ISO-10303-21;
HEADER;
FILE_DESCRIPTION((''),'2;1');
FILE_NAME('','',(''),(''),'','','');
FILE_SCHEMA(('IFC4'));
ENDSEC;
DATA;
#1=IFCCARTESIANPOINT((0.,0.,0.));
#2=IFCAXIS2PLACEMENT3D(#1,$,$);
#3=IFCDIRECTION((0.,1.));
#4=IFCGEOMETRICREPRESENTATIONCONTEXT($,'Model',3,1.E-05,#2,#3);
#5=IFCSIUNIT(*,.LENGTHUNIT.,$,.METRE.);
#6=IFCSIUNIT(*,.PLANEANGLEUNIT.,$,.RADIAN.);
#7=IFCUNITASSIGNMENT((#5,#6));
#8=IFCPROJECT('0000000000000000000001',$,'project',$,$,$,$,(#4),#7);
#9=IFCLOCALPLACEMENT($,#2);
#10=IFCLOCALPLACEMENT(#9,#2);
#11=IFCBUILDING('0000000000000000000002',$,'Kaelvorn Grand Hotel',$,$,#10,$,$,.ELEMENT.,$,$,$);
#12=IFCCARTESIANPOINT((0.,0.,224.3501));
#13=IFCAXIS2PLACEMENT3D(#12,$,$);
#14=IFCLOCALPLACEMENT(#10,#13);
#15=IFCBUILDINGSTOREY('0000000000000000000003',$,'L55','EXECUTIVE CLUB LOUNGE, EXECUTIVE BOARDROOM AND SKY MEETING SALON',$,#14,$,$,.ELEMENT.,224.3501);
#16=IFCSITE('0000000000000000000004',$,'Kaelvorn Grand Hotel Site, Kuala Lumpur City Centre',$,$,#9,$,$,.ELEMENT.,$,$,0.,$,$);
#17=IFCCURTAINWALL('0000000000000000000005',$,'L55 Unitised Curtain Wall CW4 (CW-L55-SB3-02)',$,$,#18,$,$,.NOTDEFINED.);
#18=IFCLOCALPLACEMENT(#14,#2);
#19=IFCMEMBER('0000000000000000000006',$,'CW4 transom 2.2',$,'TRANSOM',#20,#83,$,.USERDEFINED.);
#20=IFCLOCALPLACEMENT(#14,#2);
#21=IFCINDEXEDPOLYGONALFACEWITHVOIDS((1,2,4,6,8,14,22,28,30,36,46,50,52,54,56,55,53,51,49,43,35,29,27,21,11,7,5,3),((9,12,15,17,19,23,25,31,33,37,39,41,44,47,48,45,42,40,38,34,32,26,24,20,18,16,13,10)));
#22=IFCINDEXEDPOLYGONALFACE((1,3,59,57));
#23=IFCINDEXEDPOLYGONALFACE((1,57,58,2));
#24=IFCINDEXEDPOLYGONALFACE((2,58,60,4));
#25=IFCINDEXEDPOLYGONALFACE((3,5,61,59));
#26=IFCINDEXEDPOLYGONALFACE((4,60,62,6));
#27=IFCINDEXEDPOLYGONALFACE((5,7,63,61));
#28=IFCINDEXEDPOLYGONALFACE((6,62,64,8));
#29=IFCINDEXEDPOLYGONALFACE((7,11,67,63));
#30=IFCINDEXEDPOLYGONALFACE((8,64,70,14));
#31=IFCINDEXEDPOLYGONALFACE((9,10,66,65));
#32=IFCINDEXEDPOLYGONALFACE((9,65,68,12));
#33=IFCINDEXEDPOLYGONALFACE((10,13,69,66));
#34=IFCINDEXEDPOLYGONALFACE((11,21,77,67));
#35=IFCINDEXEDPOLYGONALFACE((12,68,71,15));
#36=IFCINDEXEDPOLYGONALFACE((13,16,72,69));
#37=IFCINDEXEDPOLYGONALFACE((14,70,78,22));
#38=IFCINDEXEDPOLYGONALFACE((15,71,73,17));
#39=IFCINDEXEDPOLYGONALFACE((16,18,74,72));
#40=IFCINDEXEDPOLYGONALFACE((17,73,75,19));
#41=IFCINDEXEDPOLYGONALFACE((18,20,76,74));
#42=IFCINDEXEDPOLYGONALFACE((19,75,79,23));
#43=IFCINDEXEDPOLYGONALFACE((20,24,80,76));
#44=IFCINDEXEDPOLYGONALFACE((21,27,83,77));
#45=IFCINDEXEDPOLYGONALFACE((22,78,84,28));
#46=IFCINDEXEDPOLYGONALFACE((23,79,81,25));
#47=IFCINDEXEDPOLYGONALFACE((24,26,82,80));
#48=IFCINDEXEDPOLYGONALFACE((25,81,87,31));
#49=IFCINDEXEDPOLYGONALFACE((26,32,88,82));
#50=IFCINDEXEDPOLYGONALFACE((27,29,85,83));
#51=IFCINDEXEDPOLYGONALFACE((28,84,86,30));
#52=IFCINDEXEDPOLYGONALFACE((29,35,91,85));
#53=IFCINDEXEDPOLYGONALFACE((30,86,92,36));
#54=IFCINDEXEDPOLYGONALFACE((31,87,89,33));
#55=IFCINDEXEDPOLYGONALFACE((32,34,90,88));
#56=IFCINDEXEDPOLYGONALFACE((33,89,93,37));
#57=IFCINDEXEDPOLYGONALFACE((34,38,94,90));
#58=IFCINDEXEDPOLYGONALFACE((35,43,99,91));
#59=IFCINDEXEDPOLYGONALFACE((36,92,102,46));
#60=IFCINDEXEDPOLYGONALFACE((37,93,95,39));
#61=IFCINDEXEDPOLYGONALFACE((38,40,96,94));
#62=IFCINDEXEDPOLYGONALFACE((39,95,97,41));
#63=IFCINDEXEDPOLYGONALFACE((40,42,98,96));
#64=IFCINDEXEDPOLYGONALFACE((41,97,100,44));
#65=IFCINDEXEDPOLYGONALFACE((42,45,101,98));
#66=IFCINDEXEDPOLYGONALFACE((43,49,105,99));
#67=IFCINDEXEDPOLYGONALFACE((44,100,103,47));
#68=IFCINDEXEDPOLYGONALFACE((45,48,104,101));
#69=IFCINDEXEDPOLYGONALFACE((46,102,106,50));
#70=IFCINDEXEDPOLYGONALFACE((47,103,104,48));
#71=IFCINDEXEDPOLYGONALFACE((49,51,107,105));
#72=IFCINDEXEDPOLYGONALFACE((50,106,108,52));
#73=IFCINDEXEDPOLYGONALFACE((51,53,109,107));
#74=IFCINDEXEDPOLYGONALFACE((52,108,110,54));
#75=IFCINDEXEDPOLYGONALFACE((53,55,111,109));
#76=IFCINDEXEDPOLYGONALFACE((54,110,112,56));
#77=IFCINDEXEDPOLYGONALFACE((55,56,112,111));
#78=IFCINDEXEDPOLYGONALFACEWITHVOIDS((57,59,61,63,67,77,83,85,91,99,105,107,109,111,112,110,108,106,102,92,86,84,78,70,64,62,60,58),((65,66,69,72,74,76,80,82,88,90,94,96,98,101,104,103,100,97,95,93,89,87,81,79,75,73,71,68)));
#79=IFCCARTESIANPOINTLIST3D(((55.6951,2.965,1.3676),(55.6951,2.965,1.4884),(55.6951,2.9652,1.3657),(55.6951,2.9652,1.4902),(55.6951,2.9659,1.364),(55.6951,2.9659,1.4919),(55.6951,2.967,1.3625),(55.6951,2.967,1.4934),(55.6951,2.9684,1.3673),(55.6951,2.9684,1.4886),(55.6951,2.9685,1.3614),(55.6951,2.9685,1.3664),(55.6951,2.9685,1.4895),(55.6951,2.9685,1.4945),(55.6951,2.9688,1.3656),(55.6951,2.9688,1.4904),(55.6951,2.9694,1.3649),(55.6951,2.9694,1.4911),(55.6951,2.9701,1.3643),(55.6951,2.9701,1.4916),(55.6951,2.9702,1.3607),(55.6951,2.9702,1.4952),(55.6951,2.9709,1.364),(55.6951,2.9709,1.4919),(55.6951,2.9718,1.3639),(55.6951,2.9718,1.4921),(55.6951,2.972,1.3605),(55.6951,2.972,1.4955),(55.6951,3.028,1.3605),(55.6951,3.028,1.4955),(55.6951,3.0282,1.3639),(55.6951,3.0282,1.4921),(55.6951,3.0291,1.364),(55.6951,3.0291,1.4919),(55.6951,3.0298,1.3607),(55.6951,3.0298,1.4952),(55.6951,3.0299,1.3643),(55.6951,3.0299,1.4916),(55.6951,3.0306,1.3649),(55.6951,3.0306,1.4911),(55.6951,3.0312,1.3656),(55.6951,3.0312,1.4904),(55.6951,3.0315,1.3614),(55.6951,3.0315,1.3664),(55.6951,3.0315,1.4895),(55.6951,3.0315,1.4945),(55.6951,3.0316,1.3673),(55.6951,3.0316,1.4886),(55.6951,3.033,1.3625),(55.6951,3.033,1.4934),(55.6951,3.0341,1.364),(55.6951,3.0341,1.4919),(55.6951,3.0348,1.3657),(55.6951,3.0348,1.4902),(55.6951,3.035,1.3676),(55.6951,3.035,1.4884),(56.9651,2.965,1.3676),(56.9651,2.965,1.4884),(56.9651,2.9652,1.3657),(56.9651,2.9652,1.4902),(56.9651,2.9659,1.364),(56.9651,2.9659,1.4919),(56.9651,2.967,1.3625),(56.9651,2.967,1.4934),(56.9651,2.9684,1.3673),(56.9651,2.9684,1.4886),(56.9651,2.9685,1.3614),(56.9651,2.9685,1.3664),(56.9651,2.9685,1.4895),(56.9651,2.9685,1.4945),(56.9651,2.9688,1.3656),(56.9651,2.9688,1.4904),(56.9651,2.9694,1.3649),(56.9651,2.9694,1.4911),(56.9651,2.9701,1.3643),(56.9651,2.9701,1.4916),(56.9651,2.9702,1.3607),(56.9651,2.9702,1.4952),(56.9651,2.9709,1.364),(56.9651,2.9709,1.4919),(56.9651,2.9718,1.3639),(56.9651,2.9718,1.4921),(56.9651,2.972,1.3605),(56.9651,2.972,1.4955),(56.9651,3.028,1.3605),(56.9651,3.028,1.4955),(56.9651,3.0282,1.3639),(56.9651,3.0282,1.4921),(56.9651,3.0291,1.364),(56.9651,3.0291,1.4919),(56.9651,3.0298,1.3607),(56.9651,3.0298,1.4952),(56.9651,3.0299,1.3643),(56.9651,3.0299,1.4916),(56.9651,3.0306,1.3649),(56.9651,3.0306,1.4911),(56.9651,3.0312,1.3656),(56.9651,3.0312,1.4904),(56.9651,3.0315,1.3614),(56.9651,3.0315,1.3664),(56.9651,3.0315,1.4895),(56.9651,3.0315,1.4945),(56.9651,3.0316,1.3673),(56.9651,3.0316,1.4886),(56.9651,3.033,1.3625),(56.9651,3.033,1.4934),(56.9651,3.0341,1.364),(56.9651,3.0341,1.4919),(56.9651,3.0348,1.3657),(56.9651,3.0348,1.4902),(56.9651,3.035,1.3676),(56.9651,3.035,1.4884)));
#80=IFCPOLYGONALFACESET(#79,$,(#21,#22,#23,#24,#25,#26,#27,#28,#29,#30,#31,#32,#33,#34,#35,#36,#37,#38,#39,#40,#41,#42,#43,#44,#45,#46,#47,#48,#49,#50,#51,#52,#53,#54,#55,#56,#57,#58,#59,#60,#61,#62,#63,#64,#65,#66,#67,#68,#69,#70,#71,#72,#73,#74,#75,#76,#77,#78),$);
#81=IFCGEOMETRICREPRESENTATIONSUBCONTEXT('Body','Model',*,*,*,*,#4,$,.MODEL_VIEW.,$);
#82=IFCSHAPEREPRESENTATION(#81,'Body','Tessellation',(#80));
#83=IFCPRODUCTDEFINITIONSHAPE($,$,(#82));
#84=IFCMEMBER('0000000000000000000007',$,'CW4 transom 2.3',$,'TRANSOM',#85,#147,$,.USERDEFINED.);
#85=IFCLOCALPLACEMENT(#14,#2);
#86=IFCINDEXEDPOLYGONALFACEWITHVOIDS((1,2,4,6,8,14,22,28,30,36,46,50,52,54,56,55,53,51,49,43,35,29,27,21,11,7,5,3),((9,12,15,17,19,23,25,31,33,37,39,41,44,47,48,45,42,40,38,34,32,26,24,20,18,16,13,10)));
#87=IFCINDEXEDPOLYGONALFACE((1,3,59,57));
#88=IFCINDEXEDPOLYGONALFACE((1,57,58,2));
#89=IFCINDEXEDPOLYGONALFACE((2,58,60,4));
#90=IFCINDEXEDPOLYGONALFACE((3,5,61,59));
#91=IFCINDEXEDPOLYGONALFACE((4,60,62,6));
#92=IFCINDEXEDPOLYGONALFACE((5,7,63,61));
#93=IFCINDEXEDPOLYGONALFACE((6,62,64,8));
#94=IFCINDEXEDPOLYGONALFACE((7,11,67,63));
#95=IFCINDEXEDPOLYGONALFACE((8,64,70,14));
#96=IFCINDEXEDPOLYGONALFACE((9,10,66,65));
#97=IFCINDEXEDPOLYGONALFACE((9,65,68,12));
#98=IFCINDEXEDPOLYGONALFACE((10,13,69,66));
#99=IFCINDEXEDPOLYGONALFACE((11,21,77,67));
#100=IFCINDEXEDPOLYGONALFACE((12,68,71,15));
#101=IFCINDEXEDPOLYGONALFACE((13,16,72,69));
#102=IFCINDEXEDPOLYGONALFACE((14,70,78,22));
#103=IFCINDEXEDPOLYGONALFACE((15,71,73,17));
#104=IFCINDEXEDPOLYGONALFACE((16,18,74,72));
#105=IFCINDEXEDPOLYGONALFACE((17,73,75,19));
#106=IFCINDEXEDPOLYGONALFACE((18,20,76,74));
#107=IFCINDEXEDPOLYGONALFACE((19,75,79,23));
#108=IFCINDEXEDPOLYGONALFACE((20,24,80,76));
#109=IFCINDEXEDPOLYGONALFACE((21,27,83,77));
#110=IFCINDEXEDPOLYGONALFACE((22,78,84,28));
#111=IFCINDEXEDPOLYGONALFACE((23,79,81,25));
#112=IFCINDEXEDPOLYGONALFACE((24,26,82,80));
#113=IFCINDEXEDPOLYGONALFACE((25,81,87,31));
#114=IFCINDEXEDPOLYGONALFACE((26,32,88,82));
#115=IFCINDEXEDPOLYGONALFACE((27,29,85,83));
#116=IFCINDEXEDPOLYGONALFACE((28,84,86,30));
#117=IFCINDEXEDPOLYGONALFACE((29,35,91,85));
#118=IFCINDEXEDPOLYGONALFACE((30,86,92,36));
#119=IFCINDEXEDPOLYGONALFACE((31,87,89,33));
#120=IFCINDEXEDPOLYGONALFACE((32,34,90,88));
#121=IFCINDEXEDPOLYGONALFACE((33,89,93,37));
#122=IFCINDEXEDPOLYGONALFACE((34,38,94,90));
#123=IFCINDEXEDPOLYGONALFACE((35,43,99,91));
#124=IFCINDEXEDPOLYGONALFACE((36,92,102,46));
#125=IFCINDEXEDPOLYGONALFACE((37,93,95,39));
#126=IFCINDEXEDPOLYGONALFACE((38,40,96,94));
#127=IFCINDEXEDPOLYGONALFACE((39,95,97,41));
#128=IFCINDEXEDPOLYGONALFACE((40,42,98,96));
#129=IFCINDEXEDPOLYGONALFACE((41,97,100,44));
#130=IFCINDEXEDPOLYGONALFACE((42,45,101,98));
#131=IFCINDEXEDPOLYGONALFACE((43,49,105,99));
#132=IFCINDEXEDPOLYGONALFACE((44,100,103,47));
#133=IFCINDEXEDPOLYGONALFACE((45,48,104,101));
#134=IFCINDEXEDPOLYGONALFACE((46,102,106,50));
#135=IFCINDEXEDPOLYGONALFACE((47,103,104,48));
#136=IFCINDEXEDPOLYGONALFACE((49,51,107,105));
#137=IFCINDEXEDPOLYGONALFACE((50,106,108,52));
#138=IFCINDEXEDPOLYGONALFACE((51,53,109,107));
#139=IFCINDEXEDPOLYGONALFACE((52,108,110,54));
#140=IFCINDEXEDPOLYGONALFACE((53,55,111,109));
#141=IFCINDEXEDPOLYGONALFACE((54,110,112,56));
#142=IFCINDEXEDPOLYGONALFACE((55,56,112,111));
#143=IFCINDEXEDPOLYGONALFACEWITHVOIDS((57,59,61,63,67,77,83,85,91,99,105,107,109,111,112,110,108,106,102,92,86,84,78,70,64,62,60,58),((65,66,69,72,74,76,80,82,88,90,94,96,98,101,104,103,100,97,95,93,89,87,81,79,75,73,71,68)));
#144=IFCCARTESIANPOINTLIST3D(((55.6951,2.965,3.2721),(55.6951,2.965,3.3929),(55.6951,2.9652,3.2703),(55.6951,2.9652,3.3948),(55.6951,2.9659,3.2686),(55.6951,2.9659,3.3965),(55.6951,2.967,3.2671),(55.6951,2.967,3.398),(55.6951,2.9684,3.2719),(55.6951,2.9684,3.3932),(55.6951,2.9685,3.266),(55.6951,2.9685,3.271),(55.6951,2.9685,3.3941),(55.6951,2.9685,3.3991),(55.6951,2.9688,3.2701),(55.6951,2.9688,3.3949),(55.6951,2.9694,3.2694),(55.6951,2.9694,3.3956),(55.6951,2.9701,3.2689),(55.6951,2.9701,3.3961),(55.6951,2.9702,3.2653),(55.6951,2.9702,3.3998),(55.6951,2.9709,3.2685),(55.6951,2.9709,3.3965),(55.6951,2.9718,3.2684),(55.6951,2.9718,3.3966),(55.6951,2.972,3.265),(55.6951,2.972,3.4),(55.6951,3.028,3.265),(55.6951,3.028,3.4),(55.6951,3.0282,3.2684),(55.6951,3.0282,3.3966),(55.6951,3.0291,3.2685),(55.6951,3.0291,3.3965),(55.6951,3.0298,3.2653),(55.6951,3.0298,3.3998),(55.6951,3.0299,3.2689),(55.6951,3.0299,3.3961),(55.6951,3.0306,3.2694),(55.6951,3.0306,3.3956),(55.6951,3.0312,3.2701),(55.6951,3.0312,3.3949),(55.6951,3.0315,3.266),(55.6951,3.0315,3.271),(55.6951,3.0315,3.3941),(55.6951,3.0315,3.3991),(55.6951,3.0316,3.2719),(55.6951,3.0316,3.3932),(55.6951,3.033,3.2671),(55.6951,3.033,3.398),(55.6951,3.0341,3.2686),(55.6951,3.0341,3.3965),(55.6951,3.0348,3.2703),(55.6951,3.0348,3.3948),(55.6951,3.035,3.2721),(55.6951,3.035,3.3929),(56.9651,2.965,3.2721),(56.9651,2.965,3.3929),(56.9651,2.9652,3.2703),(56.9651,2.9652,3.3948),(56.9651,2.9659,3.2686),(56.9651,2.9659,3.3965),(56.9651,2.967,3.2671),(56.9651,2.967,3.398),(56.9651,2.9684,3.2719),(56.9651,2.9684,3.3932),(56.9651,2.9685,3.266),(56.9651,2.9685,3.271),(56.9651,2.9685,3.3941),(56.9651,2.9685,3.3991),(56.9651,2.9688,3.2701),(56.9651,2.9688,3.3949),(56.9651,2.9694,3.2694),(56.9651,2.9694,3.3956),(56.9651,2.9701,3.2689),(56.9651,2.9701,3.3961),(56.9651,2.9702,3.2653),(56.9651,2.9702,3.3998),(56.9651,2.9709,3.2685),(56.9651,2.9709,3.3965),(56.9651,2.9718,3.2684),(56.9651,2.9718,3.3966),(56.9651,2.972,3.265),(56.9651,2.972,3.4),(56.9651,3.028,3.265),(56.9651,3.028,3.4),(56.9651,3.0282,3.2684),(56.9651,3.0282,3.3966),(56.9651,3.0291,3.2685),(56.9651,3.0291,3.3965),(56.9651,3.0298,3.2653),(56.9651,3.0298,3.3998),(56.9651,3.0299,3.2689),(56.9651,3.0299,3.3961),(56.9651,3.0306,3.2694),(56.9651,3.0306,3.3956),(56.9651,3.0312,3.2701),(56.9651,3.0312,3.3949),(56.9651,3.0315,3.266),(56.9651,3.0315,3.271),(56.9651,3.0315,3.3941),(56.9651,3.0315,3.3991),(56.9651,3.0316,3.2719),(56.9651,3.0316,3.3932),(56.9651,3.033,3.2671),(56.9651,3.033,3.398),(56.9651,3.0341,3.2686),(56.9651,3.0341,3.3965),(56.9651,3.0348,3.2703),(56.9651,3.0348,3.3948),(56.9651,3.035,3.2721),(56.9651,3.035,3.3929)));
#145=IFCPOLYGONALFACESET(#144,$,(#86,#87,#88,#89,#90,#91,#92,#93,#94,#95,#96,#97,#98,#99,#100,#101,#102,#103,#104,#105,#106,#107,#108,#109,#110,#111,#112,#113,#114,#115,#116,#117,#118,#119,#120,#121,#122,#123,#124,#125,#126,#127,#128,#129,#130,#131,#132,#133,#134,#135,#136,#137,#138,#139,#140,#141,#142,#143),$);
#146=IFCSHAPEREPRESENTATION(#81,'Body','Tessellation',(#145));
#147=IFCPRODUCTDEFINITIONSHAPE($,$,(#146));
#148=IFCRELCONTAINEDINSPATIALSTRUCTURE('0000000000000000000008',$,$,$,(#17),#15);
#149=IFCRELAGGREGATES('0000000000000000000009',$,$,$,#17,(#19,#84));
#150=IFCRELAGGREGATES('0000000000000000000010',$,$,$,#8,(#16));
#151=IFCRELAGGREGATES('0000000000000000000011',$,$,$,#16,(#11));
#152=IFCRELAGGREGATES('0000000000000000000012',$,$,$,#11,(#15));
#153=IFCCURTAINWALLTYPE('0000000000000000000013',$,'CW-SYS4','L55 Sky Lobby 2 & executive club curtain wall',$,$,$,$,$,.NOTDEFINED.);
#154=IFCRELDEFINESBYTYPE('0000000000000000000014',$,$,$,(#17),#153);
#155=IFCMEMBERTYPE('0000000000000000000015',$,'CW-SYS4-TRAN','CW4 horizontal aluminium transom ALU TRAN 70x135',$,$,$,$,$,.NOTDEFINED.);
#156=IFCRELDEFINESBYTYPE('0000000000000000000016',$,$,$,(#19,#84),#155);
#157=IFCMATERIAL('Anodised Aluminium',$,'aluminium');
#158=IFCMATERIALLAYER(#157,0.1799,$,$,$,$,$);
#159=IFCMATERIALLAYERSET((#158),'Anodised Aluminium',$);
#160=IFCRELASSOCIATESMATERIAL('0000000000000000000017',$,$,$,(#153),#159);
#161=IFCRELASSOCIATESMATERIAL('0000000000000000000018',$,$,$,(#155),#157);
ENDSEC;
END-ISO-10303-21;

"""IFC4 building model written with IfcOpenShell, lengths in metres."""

from ifc_helpers import new_model, si_unit, direction, frame, origin, origin_2d, place, context, subcontext, project, spatial, hollow_rectangle, extrude, material, layer, layer_set, material_profile, profile_set, type_object, element, aggregate, save


model = new_model("IFC4")

# Units and contexts
model_context = context("Model", 3, precision=1e-05, world=origin(), true_north=direction((0.0, 1.0)))
body_context = subcontext(model_context, "Body", "Model", "MODEL_VIEW")
ifc_project = project(units=[si_unit("LENGTHUNIT", "METRE"), si_unit("PLANEANGLEUNIT", "RADIAN")], contexts=[model_context])

# Site, building, storey
site_placement = place(None, origin())
site = spatial("IfcSite", under=ifc_project, at=site_placement, Name="Kaelvorn Grand Hotel Site, Kuala Lumpur City Centre", CompositionType="ELEMENT", RefElevation=0.0)
building_placement = place(site_placement, origin())
building = spatial("IfcBuilding", under=site, at=building_placement, Name="Kaelvorn Grand Hotel", CompositionType="ELEMENT")
storey_placement = place(building_placement, frame((0.0, 0.0, 224.3501)))
storey = spatial("IfcBuildingStorey", under=building, at=storey_placement, Name="L55", Description="EXECUTIVE CLUB LOUNGE, EXECUTIVE BOARDROOM AND SKY MEETING SALON", CompositionType="ELEMENT", Elevation=224.3501)

# Curtain wall, members
ifc_material_1 = material(Name="Anodised Aluminium", Category="aluminium")
ifc_layer_1 = layer(ifc_material_1, 0.1799)
ifc_layer_set_1 = layer_set([ifc_layer_1], Name="Anodised Aluminium")
curtain_wall_type = type_object("IfcCurtainWallType", Name="CW-SYS4", Description="L55 Sky Lobby 2 & executive club curtain wall", PredefinedType="NOTDEFINED", material=ifc_layer_set_1)
curtain_wall_placement = place(storey_placement, origin())
curtain_wall = element("IfcCurtainWall", 1, at=curtain_wall_placement, inside=storey, type_object=curtain_wall_type, Name="L55 Unitised Curtain Wall CW4 (CW-L55-SB3-02)", PredefinedType="NOTDEFINED")
ifc_material_profile_1 = material_profile(ifc_material_1, hollow_rectangle(XDim=0.0701, YDim=0.135, WallThickness=0.0034, InnerFilletRadius=0.0034, OuterFilletRadius=0.0071, at=origin_2d()), Name="ALU TRAN 70x135")
ifc_profile_set_1 = profile_set([ifc_material_profile_1], Name="Anodised Aluminium")
member_type_1 = type_object("IfcMemberType", Name="CW-SYS4-TRAN", Description="CW4 horizontal aluminium transom ALU TRAN 70x135", PredefinedType="NOTDEFINED", material=ifc_profile_set_1)
member_1_placement = place(storey_placement, frame((55.6951, 3.0, 1.428), z_axis=(1.0, 0.0, 0.0), x_axis=(0.0, 1.0, 0.0)))
member_1 = element("IfcMember", 2, at=member_1_placement, type_object=member_type_1, Name="CW4 transom 2.2", ObjectType="TRANSOM", PredefinedType="USERDEFINED", context=body_context, shape_type="SweptSolid", body=[
    extrude(hollow_rectangle(XDim=0.0701, YDim=0.135, WallThickness=0.0034, InnerFilletRadius=0.0034, OuterFilletRadius=0.0071, at=origin_2d()), origin(), (0.0, 0.0, 1.0), 1.27),
])
member_2_placement = place(storey_placement, frame((55.6951, 3.0, 3.3325), z_axis=(1.0, 0.0, 0.0), x_axis=(0.0, 1.0, 0.0)))
member_2 = element("IfcMember", 3, at=member_2_placement, type_object=member_type_1, Name="CW4 transom 2.3", ObjectType="TRANSOM", PredefinedType="USERDEFINED", context=body_context, shape_type="SweptSolid", body=[
    extrude(hollow_rectangle(XDim=0.0701, YDim=0.135, WallThickness=0.0034, InnerFilletRadius=0.0034, OuterFilletRadius=0.0071, at=origin_2d()), origin(), (0.0, 0.0, 1.0), 1.27),
])
aggregate(curtain_wall, [member_1, member_2])

save(model, "model.ifc")
